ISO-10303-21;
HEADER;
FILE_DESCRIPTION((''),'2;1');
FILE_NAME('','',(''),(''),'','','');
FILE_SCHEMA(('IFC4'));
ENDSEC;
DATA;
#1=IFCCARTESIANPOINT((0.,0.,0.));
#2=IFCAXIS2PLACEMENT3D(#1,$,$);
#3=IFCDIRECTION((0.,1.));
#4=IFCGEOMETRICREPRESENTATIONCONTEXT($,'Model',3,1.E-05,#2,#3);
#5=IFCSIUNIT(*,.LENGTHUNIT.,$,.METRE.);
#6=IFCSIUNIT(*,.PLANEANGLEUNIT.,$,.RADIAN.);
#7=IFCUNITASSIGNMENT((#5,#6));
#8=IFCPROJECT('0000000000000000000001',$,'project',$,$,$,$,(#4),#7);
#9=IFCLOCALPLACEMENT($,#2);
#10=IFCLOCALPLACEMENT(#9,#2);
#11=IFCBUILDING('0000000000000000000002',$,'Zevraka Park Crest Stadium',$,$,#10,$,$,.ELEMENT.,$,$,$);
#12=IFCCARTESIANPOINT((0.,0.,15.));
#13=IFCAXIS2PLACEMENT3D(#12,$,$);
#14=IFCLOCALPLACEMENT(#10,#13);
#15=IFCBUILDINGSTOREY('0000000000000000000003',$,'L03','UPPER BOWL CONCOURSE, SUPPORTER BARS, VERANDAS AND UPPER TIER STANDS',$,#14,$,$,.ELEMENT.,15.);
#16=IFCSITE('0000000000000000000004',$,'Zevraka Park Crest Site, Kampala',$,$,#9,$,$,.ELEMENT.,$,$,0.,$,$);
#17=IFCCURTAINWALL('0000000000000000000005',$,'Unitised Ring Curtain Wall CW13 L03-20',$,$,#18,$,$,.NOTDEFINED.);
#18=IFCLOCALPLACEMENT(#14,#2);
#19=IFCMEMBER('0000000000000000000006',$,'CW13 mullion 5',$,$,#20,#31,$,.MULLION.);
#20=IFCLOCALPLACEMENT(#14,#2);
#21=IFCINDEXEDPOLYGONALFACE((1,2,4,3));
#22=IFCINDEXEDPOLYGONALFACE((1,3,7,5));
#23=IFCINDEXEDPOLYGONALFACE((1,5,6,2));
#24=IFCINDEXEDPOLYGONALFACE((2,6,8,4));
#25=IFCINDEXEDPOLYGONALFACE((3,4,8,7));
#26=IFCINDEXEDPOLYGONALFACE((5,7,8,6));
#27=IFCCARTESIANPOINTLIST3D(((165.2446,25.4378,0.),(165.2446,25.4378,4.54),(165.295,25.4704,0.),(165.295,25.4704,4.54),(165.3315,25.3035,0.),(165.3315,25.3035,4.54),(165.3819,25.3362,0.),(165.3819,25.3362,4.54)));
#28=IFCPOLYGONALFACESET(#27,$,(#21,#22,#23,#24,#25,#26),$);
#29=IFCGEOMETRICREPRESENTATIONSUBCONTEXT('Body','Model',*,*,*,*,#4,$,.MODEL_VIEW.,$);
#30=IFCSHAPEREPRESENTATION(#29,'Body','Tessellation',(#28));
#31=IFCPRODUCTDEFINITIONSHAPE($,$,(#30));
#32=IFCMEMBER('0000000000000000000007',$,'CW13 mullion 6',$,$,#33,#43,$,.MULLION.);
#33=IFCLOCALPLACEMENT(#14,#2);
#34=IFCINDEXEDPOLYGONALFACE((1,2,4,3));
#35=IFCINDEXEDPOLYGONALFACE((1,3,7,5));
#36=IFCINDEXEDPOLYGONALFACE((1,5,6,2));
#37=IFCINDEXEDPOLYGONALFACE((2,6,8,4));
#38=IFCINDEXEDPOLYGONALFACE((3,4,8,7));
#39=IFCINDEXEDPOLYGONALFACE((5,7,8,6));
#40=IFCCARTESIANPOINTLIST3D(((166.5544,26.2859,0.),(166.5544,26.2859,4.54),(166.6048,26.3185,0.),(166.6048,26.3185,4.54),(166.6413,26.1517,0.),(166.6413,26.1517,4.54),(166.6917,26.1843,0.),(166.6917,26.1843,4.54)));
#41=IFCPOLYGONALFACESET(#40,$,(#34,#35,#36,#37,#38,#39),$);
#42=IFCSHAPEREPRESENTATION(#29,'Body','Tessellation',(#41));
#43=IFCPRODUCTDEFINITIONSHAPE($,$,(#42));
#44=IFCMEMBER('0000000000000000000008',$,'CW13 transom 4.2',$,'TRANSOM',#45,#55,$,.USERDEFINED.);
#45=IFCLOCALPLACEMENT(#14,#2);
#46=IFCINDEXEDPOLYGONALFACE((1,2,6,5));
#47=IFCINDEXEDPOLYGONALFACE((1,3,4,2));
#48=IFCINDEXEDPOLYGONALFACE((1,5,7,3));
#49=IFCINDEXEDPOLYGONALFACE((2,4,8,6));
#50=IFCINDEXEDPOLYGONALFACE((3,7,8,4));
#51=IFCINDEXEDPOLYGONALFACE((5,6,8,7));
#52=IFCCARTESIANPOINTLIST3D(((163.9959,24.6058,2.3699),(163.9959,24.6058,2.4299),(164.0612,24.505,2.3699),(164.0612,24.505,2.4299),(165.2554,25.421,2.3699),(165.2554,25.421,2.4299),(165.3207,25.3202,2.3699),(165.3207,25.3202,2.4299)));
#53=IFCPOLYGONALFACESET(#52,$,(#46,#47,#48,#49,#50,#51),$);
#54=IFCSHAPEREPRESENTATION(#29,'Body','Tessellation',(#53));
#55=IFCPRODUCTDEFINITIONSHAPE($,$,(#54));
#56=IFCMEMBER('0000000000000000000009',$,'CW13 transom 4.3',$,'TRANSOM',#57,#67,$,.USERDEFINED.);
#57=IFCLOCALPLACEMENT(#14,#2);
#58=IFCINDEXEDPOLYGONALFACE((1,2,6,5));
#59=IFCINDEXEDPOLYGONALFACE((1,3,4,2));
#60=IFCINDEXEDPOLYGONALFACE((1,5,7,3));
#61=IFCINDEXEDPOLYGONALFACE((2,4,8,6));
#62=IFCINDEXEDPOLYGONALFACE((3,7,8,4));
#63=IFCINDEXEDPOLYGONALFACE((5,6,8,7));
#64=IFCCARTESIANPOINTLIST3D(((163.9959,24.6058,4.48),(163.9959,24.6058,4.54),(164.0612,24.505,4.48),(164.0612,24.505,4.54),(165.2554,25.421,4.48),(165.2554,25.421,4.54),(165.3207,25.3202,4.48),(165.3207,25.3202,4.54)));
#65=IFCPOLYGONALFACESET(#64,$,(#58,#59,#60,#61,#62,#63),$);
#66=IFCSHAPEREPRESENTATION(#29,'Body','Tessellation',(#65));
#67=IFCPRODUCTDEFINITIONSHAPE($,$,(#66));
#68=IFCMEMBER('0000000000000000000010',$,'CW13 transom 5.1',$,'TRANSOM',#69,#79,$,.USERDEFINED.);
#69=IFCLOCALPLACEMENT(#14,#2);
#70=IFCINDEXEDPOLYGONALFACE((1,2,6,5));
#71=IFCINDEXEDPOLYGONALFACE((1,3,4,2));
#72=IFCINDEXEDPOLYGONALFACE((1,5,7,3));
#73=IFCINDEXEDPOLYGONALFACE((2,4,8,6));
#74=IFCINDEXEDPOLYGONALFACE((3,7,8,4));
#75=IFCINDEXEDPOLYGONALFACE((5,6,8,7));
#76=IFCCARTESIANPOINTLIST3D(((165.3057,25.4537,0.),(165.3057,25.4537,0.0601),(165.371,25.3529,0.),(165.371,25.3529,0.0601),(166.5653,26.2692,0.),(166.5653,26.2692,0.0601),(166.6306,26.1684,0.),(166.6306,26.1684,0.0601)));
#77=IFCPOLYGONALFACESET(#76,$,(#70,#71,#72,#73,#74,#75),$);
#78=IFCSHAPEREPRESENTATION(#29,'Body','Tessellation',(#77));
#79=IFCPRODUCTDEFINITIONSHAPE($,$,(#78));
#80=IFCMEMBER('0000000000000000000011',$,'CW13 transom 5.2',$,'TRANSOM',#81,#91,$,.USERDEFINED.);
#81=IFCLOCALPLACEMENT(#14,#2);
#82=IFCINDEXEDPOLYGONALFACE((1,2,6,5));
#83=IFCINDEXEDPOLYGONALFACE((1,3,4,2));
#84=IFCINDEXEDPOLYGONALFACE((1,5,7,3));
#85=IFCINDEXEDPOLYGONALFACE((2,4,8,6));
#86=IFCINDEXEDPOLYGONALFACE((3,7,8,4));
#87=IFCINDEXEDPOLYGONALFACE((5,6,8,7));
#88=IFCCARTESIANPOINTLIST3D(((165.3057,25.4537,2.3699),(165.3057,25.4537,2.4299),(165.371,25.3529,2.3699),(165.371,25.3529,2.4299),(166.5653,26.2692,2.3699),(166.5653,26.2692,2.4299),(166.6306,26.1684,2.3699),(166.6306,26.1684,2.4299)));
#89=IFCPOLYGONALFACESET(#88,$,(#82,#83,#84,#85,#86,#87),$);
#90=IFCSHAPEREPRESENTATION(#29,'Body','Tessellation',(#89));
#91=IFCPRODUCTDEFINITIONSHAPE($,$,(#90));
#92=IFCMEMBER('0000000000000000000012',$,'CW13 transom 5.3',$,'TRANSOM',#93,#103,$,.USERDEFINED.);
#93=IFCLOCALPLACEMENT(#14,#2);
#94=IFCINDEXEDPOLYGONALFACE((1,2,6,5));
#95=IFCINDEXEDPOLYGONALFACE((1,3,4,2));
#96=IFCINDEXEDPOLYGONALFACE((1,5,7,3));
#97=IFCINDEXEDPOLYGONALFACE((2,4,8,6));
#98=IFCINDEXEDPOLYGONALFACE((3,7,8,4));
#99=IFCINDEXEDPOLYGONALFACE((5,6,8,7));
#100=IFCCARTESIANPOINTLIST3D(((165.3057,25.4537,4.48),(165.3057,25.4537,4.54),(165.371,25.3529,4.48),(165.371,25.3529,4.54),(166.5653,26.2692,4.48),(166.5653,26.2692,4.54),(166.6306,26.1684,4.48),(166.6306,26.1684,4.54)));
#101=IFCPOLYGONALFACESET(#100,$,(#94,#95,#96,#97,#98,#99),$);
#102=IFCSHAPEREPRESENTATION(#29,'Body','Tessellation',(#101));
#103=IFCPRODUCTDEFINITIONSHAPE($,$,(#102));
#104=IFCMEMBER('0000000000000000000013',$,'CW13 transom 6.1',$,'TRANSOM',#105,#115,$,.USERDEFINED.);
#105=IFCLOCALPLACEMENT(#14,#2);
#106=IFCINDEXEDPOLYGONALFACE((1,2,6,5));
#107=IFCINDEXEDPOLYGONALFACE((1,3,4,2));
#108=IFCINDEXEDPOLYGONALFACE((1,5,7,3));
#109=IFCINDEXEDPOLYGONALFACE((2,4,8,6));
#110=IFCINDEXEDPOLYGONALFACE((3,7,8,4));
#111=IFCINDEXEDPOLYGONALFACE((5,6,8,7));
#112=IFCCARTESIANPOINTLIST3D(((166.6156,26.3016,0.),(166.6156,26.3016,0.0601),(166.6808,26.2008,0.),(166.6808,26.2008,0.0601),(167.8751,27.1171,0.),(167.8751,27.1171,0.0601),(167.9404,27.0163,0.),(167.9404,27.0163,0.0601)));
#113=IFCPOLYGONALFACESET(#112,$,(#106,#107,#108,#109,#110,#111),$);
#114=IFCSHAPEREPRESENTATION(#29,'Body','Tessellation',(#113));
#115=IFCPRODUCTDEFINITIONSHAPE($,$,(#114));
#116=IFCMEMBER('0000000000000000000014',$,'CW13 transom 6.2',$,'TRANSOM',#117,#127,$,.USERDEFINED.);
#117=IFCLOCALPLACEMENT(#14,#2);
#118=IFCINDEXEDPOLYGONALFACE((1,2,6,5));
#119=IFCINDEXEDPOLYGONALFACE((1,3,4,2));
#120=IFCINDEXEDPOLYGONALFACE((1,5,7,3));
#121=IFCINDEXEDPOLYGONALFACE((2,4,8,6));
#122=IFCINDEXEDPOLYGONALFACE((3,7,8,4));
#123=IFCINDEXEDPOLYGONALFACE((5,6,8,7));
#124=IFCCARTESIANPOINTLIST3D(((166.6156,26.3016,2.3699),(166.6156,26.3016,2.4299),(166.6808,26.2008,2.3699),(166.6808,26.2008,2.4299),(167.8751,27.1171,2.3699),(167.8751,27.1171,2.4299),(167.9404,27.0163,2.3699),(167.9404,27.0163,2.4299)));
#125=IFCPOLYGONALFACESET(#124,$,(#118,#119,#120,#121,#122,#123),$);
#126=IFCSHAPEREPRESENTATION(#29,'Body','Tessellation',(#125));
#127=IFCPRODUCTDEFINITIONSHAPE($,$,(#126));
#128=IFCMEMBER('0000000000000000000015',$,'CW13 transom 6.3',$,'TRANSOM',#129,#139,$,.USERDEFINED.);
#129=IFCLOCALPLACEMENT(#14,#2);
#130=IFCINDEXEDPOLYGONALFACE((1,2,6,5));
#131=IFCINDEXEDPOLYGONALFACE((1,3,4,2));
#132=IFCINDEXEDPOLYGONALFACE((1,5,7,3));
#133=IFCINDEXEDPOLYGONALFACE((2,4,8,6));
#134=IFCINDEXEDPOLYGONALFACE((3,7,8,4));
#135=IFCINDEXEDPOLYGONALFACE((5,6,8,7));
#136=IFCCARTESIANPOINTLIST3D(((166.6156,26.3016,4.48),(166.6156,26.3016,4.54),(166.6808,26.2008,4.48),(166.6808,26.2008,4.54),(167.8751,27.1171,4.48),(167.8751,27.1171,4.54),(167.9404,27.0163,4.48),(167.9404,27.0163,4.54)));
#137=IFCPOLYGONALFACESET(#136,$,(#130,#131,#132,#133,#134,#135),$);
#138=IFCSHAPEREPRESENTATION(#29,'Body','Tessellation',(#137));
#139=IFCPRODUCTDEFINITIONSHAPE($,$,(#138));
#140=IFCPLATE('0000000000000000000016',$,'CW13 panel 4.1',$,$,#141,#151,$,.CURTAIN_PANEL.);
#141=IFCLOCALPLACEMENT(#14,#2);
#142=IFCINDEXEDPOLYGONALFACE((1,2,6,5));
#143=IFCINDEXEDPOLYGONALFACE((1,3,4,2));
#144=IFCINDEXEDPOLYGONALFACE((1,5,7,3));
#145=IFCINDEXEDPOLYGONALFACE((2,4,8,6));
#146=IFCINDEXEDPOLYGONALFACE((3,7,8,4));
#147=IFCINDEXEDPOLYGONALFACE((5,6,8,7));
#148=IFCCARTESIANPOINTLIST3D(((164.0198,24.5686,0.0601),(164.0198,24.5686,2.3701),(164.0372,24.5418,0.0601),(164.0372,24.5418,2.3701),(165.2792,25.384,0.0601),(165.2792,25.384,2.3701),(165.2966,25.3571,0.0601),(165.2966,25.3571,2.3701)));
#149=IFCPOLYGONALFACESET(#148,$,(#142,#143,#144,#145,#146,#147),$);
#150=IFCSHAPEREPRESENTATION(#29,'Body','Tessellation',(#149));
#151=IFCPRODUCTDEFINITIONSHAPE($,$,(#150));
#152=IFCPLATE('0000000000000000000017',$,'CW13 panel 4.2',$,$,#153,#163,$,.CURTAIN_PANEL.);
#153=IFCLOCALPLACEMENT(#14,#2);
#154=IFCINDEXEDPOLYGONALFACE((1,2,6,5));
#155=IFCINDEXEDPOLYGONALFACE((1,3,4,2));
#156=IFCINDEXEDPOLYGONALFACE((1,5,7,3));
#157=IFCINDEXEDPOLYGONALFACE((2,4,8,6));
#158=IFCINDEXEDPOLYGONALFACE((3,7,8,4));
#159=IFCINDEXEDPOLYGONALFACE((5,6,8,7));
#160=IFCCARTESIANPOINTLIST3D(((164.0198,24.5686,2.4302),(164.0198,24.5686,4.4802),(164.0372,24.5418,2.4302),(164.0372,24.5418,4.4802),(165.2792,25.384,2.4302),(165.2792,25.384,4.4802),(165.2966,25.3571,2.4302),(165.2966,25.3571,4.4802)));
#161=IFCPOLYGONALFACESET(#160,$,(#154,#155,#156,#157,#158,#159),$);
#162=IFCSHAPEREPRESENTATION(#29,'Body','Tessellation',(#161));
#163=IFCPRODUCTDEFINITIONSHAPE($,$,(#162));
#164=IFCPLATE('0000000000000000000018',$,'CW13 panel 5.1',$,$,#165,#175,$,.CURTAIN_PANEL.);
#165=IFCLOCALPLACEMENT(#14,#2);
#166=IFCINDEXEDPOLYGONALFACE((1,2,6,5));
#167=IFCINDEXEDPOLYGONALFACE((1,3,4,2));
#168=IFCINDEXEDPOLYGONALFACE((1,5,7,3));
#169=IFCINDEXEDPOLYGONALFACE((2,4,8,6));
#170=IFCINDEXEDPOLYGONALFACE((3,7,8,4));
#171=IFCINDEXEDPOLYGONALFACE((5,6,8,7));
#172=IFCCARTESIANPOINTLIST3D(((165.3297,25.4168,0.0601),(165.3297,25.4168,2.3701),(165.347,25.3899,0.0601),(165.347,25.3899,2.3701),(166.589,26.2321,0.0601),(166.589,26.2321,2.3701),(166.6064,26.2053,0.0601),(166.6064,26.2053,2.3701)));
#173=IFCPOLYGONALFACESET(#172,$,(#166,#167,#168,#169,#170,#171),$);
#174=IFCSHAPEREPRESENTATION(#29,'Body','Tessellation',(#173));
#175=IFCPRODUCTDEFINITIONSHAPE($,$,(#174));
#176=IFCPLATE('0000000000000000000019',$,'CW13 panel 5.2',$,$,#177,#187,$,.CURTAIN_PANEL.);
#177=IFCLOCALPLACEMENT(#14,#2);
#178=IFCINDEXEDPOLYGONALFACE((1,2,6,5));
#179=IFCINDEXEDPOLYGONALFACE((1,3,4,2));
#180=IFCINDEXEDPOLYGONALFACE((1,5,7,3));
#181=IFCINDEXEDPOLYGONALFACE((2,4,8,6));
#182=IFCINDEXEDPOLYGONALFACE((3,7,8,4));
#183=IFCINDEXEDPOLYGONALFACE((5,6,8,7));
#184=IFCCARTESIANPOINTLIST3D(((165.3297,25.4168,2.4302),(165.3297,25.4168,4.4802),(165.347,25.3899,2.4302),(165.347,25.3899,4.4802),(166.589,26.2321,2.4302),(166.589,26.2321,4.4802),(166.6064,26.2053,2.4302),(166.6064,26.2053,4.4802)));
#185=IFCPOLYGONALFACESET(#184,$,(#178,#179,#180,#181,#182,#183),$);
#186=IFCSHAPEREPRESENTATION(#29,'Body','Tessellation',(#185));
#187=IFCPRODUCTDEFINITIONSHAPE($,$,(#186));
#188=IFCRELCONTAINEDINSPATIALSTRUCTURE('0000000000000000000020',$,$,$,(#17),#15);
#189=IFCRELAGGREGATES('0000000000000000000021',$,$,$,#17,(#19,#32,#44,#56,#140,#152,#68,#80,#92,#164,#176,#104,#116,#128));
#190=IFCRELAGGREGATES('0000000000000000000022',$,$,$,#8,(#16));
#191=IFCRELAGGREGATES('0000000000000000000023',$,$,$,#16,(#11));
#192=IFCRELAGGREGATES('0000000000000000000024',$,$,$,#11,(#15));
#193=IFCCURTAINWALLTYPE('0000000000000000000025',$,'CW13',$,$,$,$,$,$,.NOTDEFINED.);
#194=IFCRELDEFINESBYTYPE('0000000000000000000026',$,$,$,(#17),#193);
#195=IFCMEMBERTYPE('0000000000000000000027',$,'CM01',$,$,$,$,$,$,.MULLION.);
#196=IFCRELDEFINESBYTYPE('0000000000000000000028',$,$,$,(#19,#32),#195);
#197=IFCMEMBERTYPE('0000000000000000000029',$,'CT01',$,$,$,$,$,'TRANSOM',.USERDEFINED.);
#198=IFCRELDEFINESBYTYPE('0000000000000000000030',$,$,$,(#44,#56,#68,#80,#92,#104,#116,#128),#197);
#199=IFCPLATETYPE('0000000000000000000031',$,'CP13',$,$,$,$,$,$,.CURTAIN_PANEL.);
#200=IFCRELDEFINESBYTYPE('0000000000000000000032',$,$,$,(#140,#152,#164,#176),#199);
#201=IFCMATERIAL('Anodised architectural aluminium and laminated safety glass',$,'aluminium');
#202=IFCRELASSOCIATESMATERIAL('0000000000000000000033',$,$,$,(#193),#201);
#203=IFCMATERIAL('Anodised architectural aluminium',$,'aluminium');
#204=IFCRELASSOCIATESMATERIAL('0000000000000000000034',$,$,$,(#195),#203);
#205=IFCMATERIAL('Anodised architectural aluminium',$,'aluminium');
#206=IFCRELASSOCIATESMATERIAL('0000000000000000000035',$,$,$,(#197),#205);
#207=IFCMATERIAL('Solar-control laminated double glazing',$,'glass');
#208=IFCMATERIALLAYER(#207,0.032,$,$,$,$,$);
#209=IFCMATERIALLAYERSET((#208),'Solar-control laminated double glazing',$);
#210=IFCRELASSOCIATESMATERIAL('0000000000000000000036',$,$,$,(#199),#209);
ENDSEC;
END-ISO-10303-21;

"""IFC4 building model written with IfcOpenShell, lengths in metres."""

from ifc_helpers import new_model, si_unit, direction, frame, origin, origin_2d, place, context, subcontext, project, spatial, rectangle, extrude, material, layer, layer_set, material_profile, profile_set, type_object, element, aggregate, save


model = new_model("IFC4")

# Units and contexts
model_context = context("Model", 3, precision=1e-05, world=origin(), true_north=direction((0.0, 1.0)))
body_context = subcontext(model_context, "Body", "Model", "MODEL_VIEW")
ifc_project = project(units=[si_unit("LENGTHUNIT", "METRE"), si_unit("PLANEANGLEUNIT", "RADIAN")], contexts=[model_context])

# Site, building, storey
site_placement = place(None, origin())
site = spatial("IfcSite", under=ifc_project, at=site_placement, Name="Zevraka Park Crest Site, Kampala", CompositionType="ELEMENT", RefElevation=0.0)
building_placement = place(site_placement, origin())
building = spatial("IfcBuilding", under=site, at=building_placement, Name="Zevraka Park Crest Stadium", CompositionType="ELEMENT")
storey_placement = place(building_placement, frame((0.0, 0.0, 15.0)))
storey = spatial("IfcBuildingStorey", under=building, at=storey_placement, Name="L03", Description="UPPER BOWL CONCOURSE, SUPPORTER BARS, VERANDAS AND UPPER TIER STANDS", CompositionType="ELEMENT", Elevation=15.0)

# Curtain wall, members, plates
ifc_material_1 = material(Name="Anodised architectural aluminium and laminated safety glass", Category="aluminium")
curtain_wall_type = type_object("IfcCurtainWallType", Name="CW13", PredefinedType="NOTDEFINED", material=ifc_material_1)
curtain_wall_placement = place(storey_placement, origin())
curtain_wall = element("IfcCurtainWall", 1, at=curtain_wall_placement, inside=storey, type_object=curtain_wall_type, Name="Unitised Ring Curtain Wall CW13 L03-20", PredefinedType="NOTDEFINED")
ifc_material_2 = material(Name="Anodised architectural aluminium", Category="aluminium")
ifc_material_profile_1 = material_profile(ifc_material_2, rectangle(XDim=0.1599, YDim=0.0601, at=origin_2d()), Name="ALU MULLION 160x60")
ifc_profile_set_1 = profile_set([ifc_material_profile_1], Name="Anodised architectural aluminium")
member_type_1 = type_object("IfcMemberType", Name="CM01", PredefinedType="MULLION", material=ifc_profile_set_1)
member_1_placement = place(storey_placement, frame((165.3132, 25.387, 0.0), z_axis=(0.0, 0.0, 1.0), x_axis=(-0.543469, 0.839429, 0.0)))
member_1 = element("IfcMember", 2, at=member_1_placement, type_object=member_type_1, Name="CW13 mullion 5", PredefinedType="MULLION", context=body_context, shape_type="SweptSolid", body=[
    extrude(rectangle(XDim=0.1599, YDim=0.0601, at=origin_2d()), origin(), (0.0, 0.0, 1.0), 4.54),
])
member_2_placement = place(storey_placement, frame((166.623, 26.2351, 0.0), z_axis=(0.0, 0.0, 1.0), x_axis=(-0.543469, 0.839429, 0.0)))
member_2 = element("IfcMember", 3, at=member_2_placement, type_object=member_type_1, Name="CW13 mullion 6", PredefinedType="MULLION", context=body_context, shape_type="SweptSolid", body=[
    extrude(rectangle(XDim=0.1599, YDim=0.0601, at=origin_2d()), origin(), (0.0, 0.0, 1.0), 4.54),
])
ifc_material_3 = material(Name="Anodised architectural aluminium", Category="aluminium")
ifc_material_profile_2 = material_profile(ifc_material_3, rectangle(XDim=0.1201, YDim=0.0601, at=origin_2d()), Name="ALU TRANSOM 120x60")
ifc_profile_set_2 = profile_set([ifc_material_profile_2], Name="Anodised architectural aluminium")
member_type_2 = type_object("IfcMemberType", Name="CT01", ElementType="TRANSOM", PredefinedType="USERDEFINED", material=ifc_profile_set_2)
member_3_placement = place(storey_placement, frame((164.0286, 24.5554, 2.3999), z_axis=(0.839509, 0.543346, 0.0), x_axis=(-0.543346, 0.839509, 0.0)))
member_3 = element("IfcMember", 4, at=member_3_placement, type_object=member_type_2, Name="CW13 transom 4.2", ObjectType="TRANSOM", PredefinedType="USERDEFINED", context=body_context, shape_type="SweptSolid", body=[
    extrude(rectangle(XDim=0.1201, YDim=0.0601, at=origin_2d()), origin(), (0.0, 0.0, 1.0), 1.5002),
])
member_4_placement = place(storey_placement, frame((164.0286, 24.5554, 4.51), z_axis=(0.839509, 0.543346, 0.0), x_axis=(-0.543346, 0.839509, 0.0)))
member_4 = element("IfcMember", 5, at=member_4_placement, type_object=member_type_2, Name="CW13 transom 4.3", ObjectType="TRANSOM", PredefinedType="USERDEFINED", context=body_context, shape_type="SweptSolid", body=[
    extrude(rectangle(XDim=0.1201, YDim=0.0601, at=origin_2d()), origin(), (0.0, 0.0, 1.0), 1.5002),
])
member_5_placement = place(storey_placement, frame((165.3384, 25.4033, 0.03), z_axis=(0.839435, 0.54346, 0.0), x_axis=(-0.54346, 0.839435, 0.0)))
member_5 = element("IfcMember", 6, at=member_5_placement, type_object=member_type_2, Name="CW13 transom 5.1", ObjectType="TRANSOM", PredefinedType="USERDEFINED", context=body_context, shape_type="SweptSolid", body=[
    extrude(rectangle(XDim=0.1201, YDim=0.0601, at=origin_2d()), origin(), (0.0, 0.0, 1.0), 1.5005),
])
member_6_placement = place(storey_placement, frame((165.3384, 25.4033, 2.3999), z_axis=(0.839435, 0.54346, 0.0), x_axis=(-0.54346, 0.839435, 0.0)))
member_6 = element("IfcMember", 7, at=member_6_placement, type_object=member_type_2, Name="CW13 transom 5.2", ObjectType="TRANSOM", PredefinedType="USERDEFINED", context=body_context, shape_type="SweptSolid", body=[
    extrude(rectangle(XDim=0.1201, YDim=0.0601, at=origin_2d()), origin(), (0.0, 0.0, 1.0), 1.5005),
])
member_7_placement = place(storey_placement, frame((165.3384, 25.4033, 4.51), z_axis=(0.839435, 0.54346, 0.0), x_axis=(-0.54346, 0.839435, 0.0)))
member_7 = element("IfcMember", 8, at=member_7_placement, type_object=member_type_2, Name="CW13 transom 5.3", ObjectType="TRANSOM", PredefinedType="USERDEFINED", context=body_context, shape_type="SweptSolid", body=[
    extrude(rectangle(XDim=0.1201, YDim=0.0601, at=origin_2d()), origin(), (0.0, 0.0, 1.0), 1.5005),
])
member_8_placement = place(storey_placement, frame((166.6482, 26.2512, 0.03), z_axis=(0.839435, 0.54346, 0.0), x_axis=(-0.54346, 0.839435, 0.0)))
member_8 = element("IfcMember", 9, at=member_8_placement, type_object=member_type_2, Name="CW13 transom 6.1", ObjectType="TRANSOM", PredefinedType="USERDEFINED", context=body_context, shape_type="SweptSolid", body=[
    extrude(rectangle(XDim=0.1201, YDim=0.0601, at=origin_2d()), origin(), (0.0, 0.0, 1.0), 1.5005),
])
member_9_placement = place(storey_placement, frame((166.6482, 26.2512, 2.3999), z_axis=(0.839435, 0.54346, 0.0), x_axis=(-0.54346, 0.839435, 0.0)))
member_9 = element("IfcMember", 10, at=member_9_placement, type_object=member_type_2, Name="CW13 transom 6.2", ObjectType="TRANSOM", PredefinedType="USERDEFINED", context=body_context, shape_type="SweptSolid", body=[
    extrude(rectangle(XDim=0.1201, YDim=0.0601, at=origin_2d()), origin(), (0.0, 0.0, 1.0), 1.5005),
])
member_10_placement = place(storey_placement, frame((166.6482, 26.2512, 4.51), z_axis=(0.839435, 0.54346, 0.0), x_axis=(-0.54346, 0.839435, 0.0)))
member_10 = element("IfcMember", 11, at=member_10_placement, type_object=member_type_2, Name="CW13 transom 6.3", ObjectType="TRANSOM", PredefinedType="USERDEFINED", context=body_context, shape_type="SweptSolid", body=[
    extrude(rectangle(XDim=0.1201, YDim=0.0601, at=origin_2d()), origin(), (0.0, 0.0, 1.0), 1.5005),
])
ifc_material_4 = material(Name="Solar-control laminated double glazing", Category="glass")
ifc_layer_1 = layer(ifc_material_4, 0.032)
ifc_layer_set_1 = layer_set([ifc_layer_1], Name="Solar-control laminated double glazing")
plate_type = type_object("IfcPlateType", Name="CP13", PredefinedType="CURTAIN_PANEL", material=ifc_layer_set_1)
plate_1_placement = place(storey_placement, frame((164.6582, 24.9629, 0.0601), z_axis=(0.0, 0.0, 1.0), x_axis=(0.839429, 0.543469, 0.0)))
plate_1 = element("IfcPlate", 12, at=plate_1_placement, type_object=plate_type, Name="CW13 panel 4.1", PredefinedType="CURTAIN_PANEL", context=body_context, shape_type="SweptSolid", body=[
    extrude(rectangle(XDim=1.5002, YDim=0.032, at=origin_2d()), origin(), (0.0, 0.0, 1.0), 2.3101),
])
plate_2_placement = place(storey_placement, frame((164.6582, 24.9629, 2.4302), z_axis=(0.0, 0.0, 1.0), x_axis=(0.839429, 0.543469, 0.0)))
plate_2 = element("IfcPlate", 13, at=plate_2_placement, type_object=plate_type, Name="CW13 panel 4.2", PredefinedType="CURTAIN_PANEL", context=body_context, shape_type="SweptSolid", body=[
    extrude(rectangle(XDim=1.5002, YDim=0.032, at=origin_2d()), origin(), (0.0, 0.0, 1.0), 2.05),
])
plate_3_placement = place(storey_placement, frame((165.968, 25.811, 0.0601), z_axis=(0.0, 0.0, 1.0), x_axis=(0.839429, 0.543469, 0.0)))
plate_3 = element("IfcPlate", 14, at=plate_3_placement, type_object=plate_type, Name="CW13 panel 5.1", PredefinedType="CURTAIN_PANEL", context=body_context, shape_type="SweptSolid", body=[
    extrude(rectangle(XDim=1.5002, YDim=0.032, at=origin_2d()), origin(), (0.0, 0.0, 1.0), 2.3101),
])
plate_4_placement = place(storey_placement, frame((165.968, 25.811, 2.4302), z_axis=(0.0, 0.0, 1.0), x_axis=(0.839429, 0.543469, 0.0)))
plate_4 = element("IfcPlate", 15, at=plate_4_placement, type_object=plate_type, Name="CW13 panel 5.2", PredefinedType="CURTAIN_PANEL", context=body_context, shape_type="SweptSolid", body=[
    extrude(rectangle(XDim=1.5002, YDim=0.032, at=origin_2d()), origin(), (0.0, 0.0, 1.0), 2.05),
])
aggregate(curtain_wall, [member_1, member_2, member_3, member_4, plate_1, plate_2, member_5, member_6, member_7, plate_3, plate_4, member_8, member_9, member_10])

save(model, "model.ifc")
